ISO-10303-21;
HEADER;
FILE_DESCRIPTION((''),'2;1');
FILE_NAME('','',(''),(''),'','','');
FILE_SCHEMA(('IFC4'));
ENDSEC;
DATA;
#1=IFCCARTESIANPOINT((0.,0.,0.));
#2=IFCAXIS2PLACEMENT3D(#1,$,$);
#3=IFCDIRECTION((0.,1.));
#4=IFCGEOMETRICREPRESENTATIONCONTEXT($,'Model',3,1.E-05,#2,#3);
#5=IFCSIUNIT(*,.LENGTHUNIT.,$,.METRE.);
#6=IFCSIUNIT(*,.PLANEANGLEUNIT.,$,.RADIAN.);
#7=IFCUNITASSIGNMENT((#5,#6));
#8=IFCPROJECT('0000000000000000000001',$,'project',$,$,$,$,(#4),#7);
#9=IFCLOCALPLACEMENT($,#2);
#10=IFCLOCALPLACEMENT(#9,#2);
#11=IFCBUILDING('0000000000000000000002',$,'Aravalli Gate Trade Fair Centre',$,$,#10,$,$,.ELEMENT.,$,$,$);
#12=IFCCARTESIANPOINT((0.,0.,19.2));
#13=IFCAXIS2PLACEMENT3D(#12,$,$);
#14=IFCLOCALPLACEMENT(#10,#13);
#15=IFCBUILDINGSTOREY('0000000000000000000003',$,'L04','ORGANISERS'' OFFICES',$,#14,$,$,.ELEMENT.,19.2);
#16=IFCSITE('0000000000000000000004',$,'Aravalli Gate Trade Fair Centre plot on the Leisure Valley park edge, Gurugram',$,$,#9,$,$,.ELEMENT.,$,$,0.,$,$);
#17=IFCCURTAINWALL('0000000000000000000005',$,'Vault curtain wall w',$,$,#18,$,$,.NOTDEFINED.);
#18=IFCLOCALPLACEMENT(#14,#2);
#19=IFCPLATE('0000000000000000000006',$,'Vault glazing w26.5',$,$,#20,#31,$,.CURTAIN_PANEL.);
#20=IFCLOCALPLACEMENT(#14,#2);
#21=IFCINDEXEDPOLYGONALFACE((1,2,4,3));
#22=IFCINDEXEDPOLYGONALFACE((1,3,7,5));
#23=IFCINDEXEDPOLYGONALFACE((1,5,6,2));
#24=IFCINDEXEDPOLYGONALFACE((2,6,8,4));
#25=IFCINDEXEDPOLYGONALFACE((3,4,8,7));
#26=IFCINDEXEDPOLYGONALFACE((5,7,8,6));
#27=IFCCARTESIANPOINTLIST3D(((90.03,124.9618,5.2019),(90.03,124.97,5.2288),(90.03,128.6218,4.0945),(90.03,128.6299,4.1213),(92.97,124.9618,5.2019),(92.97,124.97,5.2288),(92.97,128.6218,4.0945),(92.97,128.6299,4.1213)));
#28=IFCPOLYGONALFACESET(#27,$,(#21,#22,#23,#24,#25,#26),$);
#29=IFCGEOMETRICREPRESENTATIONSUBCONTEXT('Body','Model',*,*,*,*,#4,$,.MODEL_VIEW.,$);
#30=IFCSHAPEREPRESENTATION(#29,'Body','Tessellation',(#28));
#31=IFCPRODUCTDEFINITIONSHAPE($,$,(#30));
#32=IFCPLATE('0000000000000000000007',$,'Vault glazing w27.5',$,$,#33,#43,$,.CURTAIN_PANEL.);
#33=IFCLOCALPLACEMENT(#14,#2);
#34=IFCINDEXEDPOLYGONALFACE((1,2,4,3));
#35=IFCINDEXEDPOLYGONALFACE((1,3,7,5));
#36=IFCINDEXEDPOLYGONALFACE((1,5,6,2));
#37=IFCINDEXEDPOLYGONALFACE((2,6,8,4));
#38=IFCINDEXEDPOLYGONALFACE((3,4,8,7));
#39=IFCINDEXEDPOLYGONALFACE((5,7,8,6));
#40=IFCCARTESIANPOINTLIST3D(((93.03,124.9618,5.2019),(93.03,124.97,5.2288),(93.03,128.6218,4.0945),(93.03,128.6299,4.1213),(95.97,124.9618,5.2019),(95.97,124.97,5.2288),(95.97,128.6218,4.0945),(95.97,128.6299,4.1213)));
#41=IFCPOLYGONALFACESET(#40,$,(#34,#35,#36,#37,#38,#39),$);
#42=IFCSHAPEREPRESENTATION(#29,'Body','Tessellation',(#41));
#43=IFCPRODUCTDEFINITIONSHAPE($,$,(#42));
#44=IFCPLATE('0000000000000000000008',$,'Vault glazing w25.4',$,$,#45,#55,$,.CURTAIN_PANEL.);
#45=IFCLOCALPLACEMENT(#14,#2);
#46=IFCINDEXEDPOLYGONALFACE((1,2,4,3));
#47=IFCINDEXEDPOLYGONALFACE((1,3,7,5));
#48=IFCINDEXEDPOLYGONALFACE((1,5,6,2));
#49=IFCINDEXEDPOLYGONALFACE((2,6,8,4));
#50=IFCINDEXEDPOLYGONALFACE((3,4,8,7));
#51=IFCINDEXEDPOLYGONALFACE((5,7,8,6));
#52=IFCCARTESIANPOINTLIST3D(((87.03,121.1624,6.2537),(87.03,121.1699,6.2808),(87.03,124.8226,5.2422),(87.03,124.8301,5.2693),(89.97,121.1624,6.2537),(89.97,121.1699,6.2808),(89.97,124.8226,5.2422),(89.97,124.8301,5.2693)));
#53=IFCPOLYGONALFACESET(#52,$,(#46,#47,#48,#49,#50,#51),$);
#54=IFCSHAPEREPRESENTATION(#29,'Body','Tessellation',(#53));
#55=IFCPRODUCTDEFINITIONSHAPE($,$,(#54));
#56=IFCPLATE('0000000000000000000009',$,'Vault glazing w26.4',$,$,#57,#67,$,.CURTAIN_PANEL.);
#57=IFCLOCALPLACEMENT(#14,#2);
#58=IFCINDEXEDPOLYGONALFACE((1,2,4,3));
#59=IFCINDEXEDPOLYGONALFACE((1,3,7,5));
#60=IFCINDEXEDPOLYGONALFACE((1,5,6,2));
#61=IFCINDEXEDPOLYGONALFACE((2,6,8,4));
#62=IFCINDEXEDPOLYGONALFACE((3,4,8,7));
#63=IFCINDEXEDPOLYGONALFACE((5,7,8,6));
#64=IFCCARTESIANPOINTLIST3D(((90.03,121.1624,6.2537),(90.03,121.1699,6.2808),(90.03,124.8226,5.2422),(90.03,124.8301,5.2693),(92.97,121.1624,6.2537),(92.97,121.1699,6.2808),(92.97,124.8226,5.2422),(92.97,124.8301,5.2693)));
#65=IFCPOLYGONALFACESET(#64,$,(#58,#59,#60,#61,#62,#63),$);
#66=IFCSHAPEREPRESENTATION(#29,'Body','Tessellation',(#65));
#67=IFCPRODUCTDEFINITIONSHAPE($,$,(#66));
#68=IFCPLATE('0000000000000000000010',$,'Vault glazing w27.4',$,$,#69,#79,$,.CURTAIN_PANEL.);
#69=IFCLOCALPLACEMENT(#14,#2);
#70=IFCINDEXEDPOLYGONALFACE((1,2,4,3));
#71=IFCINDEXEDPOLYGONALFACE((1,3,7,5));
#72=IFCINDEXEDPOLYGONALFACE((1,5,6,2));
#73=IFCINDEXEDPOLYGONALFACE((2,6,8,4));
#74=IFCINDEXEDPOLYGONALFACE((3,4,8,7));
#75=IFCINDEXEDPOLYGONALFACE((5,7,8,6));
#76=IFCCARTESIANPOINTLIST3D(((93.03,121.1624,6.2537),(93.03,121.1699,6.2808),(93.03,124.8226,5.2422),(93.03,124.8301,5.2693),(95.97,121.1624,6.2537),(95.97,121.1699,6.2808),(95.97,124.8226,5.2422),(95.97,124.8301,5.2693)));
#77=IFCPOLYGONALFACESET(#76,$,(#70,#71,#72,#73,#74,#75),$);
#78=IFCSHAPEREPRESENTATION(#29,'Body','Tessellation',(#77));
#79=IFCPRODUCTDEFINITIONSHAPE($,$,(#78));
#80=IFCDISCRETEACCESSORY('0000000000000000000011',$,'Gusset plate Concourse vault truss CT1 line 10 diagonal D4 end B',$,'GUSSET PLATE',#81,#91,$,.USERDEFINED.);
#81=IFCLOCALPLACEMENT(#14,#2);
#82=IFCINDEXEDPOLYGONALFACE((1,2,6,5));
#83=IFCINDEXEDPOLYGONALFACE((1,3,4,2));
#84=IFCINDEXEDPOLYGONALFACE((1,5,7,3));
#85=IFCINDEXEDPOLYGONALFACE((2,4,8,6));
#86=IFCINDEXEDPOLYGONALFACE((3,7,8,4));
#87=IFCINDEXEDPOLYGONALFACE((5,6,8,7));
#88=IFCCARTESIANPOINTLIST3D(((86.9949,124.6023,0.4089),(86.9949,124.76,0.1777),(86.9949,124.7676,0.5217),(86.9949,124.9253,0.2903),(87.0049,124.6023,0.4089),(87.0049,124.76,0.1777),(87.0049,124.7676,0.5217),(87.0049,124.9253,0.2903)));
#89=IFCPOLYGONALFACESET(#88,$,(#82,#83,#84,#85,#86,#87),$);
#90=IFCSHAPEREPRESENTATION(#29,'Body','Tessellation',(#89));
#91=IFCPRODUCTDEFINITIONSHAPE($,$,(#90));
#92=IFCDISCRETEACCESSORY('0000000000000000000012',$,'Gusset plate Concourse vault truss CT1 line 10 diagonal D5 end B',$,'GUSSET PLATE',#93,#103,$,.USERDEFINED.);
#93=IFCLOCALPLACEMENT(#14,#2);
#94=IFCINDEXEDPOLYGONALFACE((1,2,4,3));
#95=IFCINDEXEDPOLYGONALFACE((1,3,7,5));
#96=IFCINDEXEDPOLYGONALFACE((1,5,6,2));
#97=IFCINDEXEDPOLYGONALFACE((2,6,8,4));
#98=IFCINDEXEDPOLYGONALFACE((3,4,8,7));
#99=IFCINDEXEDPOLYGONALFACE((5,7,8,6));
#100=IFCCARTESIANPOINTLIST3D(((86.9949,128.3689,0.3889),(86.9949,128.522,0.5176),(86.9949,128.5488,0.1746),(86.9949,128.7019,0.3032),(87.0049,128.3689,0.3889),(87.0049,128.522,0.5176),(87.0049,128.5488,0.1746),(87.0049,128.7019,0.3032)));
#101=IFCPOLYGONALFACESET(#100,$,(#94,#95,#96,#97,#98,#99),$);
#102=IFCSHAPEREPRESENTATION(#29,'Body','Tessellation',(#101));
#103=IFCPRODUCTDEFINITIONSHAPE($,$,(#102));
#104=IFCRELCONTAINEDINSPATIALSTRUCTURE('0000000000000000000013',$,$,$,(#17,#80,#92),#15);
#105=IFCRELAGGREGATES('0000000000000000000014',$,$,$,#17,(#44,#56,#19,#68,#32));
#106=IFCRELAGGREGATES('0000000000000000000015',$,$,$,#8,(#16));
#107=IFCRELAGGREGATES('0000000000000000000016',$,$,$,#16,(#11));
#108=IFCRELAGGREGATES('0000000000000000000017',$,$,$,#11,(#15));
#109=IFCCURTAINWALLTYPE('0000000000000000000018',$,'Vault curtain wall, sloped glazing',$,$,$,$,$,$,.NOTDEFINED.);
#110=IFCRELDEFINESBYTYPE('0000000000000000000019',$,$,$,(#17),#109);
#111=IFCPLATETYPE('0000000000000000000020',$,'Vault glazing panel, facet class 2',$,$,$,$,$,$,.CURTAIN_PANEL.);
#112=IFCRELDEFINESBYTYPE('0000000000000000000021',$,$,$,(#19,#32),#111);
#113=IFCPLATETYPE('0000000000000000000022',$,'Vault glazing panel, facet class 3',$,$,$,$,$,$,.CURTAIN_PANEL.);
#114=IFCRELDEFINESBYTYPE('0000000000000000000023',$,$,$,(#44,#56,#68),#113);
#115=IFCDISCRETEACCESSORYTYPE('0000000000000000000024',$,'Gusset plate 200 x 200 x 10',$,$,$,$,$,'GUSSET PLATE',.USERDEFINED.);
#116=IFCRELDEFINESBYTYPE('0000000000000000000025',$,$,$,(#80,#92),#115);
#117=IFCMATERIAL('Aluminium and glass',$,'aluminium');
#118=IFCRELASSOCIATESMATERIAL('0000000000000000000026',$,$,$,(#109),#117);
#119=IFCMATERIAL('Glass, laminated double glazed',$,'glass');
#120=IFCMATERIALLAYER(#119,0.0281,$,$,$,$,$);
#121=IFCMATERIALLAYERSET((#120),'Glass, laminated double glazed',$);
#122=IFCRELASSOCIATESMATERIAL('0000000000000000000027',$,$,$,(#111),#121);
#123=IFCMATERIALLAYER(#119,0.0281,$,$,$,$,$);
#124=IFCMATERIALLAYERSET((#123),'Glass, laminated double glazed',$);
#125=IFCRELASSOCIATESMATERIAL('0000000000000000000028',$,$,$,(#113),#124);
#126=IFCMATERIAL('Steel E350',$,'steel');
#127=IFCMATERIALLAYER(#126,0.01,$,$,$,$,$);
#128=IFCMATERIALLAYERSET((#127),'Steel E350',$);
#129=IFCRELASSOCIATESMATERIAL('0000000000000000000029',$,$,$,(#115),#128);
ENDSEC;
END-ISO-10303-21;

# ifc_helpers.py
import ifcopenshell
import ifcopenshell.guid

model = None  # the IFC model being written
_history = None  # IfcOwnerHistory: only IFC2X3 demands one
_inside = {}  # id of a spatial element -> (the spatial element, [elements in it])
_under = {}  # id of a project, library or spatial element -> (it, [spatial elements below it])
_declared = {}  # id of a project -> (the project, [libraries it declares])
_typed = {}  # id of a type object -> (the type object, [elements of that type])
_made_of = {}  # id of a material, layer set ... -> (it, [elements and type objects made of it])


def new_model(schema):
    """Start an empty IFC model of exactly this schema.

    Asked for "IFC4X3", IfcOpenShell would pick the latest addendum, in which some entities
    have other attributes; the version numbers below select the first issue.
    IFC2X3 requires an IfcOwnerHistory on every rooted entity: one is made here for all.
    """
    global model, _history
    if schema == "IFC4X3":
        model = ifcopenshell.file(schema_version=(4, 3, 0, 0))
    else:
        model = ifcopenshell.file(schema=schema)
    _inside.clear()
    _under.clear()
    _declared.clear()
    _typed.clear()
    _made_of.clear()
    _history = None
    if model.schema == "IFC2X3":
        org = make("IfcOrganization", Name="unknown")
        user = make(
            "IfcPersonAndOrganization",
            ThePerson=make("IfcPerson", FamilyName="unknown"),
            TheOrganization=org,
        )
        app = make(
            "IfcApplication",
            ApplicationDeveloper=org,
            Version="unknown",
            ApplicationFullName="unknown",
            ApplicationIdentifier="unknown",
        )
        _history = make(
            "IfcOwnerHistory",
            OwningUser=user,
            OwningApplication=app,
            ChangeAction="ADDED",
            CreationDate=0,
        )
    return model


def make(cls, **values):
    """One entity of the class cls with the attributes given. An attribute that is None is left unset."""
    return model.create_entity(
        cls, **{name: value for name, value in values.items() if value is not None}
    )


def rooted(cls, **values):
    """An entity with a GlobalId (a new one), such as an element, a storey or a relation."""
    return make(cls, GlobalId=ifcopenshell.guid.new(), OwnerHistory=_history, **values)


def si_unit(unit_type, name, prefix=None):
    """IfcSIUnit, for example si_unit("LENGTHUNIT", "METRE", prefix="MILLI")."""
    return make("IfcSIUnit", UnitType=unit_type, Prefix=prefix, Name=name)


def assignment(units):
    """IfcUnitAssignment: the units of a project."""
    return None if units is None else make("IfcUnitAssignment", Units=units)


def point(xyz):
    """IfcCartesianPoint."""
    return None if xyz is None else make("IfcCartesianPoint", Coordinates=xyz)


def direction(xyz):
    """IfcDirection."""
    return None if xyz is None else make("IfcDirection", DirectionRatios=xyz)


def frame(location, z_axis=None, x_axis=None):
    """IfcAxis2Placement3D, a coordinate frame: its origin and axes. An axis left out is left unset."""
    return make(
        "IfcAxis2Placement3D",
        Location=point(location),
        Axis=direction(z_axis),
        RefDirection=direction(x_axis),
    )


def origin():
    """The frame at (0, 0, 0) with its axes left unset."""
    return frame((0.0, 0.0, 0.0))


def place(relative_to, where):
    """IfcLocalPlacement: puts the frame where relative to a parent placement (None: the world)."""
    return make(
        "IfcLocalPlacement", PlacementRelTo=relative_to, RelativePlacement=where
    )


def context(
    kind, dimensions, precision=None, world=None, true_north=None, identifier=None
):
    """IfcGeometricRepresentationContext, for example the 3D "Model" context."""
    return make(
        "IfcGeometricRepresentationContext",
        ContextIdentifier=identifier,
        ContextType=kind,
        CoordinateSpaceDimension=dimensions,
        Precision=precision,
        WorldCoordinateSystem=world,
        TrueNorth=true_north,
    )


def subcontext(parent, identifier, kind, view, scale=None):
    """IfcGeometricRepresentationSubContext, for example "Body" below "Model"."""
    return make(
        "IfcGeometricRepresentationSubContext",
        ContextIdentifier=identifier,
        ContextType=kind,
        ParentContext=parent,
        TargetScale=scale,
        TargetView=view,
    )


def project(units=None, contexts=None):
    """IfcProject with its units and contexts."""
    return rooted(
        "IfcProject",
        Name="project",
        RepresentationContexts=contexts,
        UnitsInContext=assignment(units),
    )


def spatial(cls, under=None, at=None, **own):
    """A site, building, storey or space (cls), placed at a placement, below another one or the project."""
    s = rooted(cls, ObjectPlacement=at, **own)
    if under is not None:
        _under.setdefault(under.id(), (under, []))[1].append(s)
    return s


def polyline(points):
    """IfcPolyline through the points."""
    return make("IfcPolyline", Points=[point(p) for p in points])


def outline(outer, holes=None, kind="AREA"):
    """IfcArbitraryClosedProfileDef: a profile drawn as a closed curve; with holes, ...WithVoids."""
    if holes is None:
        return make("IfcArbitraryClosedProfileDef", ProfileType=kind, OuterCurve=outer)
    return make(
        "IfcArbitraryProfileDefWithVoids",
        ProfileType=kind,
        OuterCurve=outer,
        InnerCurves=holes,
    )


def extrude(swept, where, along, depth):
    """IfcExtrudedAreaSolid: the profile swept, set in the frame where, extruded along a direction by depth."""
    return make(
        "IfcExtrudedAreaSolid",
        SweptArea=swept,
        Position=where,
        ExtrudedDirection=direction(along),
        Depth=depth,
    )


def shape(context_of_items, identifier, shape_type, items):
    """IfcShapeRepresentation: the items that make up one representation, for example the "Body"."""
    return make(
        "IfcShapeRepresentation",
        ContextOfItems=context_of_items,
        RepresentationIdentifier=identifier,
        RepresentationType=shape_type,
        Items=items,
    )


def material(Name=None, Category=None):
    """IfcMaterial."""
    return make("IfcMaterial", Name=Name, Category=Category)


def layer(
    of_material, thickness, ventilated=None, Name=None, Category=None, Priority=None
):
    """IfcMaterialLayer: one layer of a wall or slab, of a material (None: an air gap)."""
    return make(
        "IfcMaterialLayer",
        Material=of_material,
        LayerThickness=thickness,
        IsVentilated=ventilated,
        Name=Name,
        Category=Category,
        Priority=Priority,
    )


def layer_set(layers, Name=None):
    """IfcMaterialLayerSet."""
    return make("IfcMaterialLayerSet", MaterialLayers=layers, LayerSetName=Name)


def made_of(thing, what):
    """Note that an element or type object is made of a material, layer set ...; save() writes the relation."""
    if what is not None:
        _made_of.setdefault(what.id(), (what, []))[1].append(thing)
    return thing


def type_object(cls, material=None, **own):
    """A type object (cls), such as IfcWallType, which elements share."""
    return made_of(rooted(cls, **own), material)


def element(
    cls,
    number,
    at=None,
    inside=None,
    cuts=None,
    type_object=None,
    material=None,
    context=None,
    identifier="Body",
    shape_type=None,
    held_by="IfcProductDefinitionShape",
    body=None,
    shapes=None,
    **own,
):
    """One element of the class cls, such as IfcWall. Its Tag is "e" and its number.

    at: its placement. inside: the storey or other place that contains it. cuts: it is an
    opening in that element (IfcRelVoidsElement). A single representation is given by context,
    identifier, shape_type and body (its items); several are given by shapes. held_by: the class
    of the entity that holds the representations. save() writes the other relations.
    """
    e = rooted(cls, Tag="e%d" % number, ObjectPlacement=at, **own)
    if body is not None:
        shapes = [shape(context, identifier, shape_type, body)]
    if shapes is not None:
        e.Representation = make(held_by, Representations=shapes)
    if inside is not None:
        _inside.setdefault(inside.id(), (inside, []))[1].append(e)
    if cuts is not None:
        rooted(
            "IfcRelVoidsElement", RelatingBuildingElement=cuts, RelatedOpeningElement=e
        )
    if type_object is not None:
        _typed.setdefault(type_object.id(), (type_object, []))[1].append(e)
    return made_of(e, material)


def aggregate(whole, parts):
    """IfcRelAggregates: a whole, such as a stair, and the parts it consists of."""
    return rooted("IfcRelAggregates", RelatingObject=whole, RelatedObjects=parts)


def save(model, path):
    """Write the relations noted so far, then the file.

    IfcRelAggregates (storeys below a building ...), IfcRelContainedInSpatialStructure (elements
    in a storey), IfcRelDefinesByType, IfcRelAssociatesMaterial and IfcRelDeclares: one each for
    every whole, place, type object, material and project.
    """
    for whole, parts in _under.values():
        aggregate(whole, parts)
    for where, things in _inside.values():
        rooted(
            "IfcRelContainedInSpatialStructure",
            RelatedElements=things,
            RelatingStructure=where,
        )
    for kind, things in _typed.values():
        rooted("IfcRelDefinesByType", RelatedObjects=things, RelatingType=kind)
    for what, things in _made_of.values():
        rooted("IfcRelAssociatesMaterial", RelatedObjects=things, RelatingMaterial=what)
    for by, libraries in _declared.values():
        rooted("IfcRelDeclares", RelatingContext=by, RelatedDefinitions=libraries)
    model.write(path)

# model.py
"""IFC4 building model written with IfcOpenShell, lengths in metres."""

from ifc_helpers import new_model, si_unit, direction, frame, origin, place, context, subcontext, project, spatial, polyline, outline, extrude, material, layer, layer_set, type_object, element, aggregate, save


model = new_model("IFC4")

# Units and contexts
model_context = context("Model", 3, precision=1e-05, world=origin(), true_north=direction((0.0, 1.0)))
body_context = subcontext(model_context, "Body", "Model", "MODEL_VIEW")
ifc_project = project(units=[si_unit("LENGTHUNIT", "METRE"), si_unit("PLANEANGLEUNIT", "RADIAN")], contexts=[model_context])

# Site, building, storey
site_placement = place(None, origin())
site = spatial("IfcSite", under=ifc_project, at=site_placement, Name="Aravalli Gate Trade Fair Centre plot on the Leisure Valley park edge, Gurugram", CompositionType="ELEMENT", RefElevation=0.0)
building_placement = place(site_placement, origin())
building = spatial("IfcBuilding", under=site, at=building_placement, Name="Aravalli Gate Trade Fair Centre", CompositionType="ELEMENT")
storey_placement = place(building_placement, frame((0.0, 0.0, 19.2)))
storey = spatial("IfcBuildingStorey", under=building, at=storey_placement, Name="L04", Description="ORGANISERS' OFFICES", CompositionType="ELEMENT", Elevation=19.2)

# Curtain wall, plates
ifc_material_1 = material(Name="Aluminium and glass", Category="aluminium")
curtain_wall_type = type_object("IfcCurtainWallType", Name="Vault curtain wall, sloped glazing", PredefinedType="NOTDEFINED", material=ifc_material_1)
curtain_wall_placement = place(storey_placement, origin())
curtain_wall = element("IfcCurtainWall", 1, at=curtain_wall_placement, inside=storey, type_object=curtain_wall_type, Name="Vault curtain wall w", PredefinedType="NOTDEFINED")
ifc_material_2 = material(Name="Glass, laminated double glazed", Category="glass")
ifc_layer_1 = layer(ifc_material_2, 0.0281)
ifc_layer_set_1 = layer_set([ifc_layer_1], Name="Glass, laminated double glazed")
plate_type_1 = type_object("IfcPlateType", Name="Vault glazing panel, facet class 2", PredefinedType="CURTAIN_PANEL", material=ifc_layer_set_1)
plate_1_placement = place(storey_placement, frame((90.03, 124.97, 5.2288), z_axis=(0.0, 0.289614, 0.957144), x_axis=(1.0, 0.0, 0.0)))
plate_1 = element("IfcPlate", 2, at=plate_1_placement, type_object=plate_type_1, Name="Vault glazing w26.5", PredefinedType="CURTAIN_PANEL", context=body_context, shape_type="SweptSolid", body=[
    extrude(outline(polyline([(0.0, 0.0), (2.9399, 0.0), (2.9399, 3.8238), (0.0, 3.8238), (0.0, 0.0)])), origin(), (0.0, 0.0, -1.0), 0.0281),
])
plate_2_placement = place(storey_placement, frame((93.03, 124.97, 5.2288), z_axis=(0.0, 0.289614, 0.957144), x_axis=(1.0, 0.0, 0.0)))
plate_2 = element("IfcPlate", 3, at=plate_2_placement, type_object=plate_type_1, Name="Vault glazing w27.5", PredefinedType="CURTAIN_PANEL", context=body_context, shape_type="SweptSolid", body=[
    extrude(outline(polyline([(0.0, 0.0), (2.9399, 0.0), (2.9399, 3.8238), (0.0, 3.8238), (0.0, 0.0)])), origin(), (0.0, 0.0, -1.0), 0.0281),
])
ifc_layer_2 = layer(ifc_material_2, 0.0281)
ifc_layer_set_2 = layer_set([ifc_layer_2], Name="Glass, laminated double glazed")
plate_type_2 = type_object("IfcPlateType", Name="Vault glazing panel, facet class 3", PredefinedType="CURTAIN_PANEL", material=ifc_layer_set_2)
plate_3_placement = place(storey_placement, frame((87.03, 121.1699, 6.2808), z_axis=(0.0, 0.266364, 0.963873), x_axis=(1.0, 0.0, 0.0)))
plate_3 = element("IfcPlate", 4, at=plate_3_placement, type_object=plate_type_2, Name="Vault glazing w25.4", PredefinedType="CURTAIN_PANEL", context=body_context, shape_type="SweptSolid", body=[
    extrude(outline(polyline([(0.0, 0.0), (2.9399, 0.0), (2.9399, 3.7973), (0.0, 3.7973), (0.0, 0.0)])), origin(), (0.0, 0.0, -1.0), 0.0281),
])
plate_4_placement = place(storey_placement, frame((90.03, 121.1699, 6.2808), z_axis=(0.0, 0.266364, 0.963873), x_axis=(1.0, 0.0, 0.0)))
plate_4 = element("IfcPlate", 5, at=plate_4_placement, type_object=plate_type_2, Name="Vault glazing w26.4", PredefinedType="CURTAIN_PANEL", context=body_context, shape_type="SweptSolid", body=[
    extrude(outline(polyline([(0.0, 0.0), (2.9399, 0.0), (2.9399, 3.7973), (0.0, 3.7973), (0.0, 0.0)])), origin(), (0.0, 0.0, -1.0), 0.0281),
])
plate_5_placement = place(storey_placement, frame((93.03, 121.1699, 6.2808), z_axis=(0.0, 0.266364, 0.963873), x_axis=(1.0, 0.0, 0.0)))
plate_5 = element("IfcPlate", 6, at=plate_5_placement, type_object=plate_type_2, Name="Vault glazing w27.4", PredefinedType="CURTAIN_PANEL", context=body_context, shape_type="SweptSolid", body=[
    extrude(outline(polyline([(0.0, 0.0), (2.9399, 0.0), (2.9399, 3.7973), (0.0, 3.7973), (0.0, 0.0)])), origin(), (0.0, 0.0, -1.0), 0.0281),
])
aggregate(curtain_wall, [plate_3, plate_4, plate_1, plate_5, plate_2])

# Discrete accessories
ifc_material_3 = material(Name="Steel E350", Category="steel")
ifc_layer_3 = layer(ifc_material_3, 0.01)
ifc_layer_set_3 = layer_set([ifc_layer_3], Name="Steel E350")
discrete_accessory_type = type_object("IfcDiscreteAccessoryType", Name="Gusset plate 200 x 200 x 10", ElementType="GUSSET PLATE", PredefinedType="USERDEFINED", material=ifc_layer_set_3)
discrete_accessory_1_placement = place(storey_placement, frame((87.0049, 124.6023, 0.4089), z_axis=(1.0, 0.0, 0.0), x_axis=(0.0, 0.563526, -0.826098)))
element("IfcDiscreteAccessory", 7, at=discrete_accessory_1_placement, inside=storey, type_object=discrete_accessory_type, Name="Gusset plate Concourse vault truss CT1 line 10 diagonal D4 end B", ObjectType="GUSSET PLATE", PredefinedType="USERDEFINED", context=body_context, shape_type="SweptSolid", body=[
    extrude(outline(polyline([(0.0, 0.0), (0.2799, 0.0), (0.28, 0.2), (0.0, 0.2001), (0.0, 0.0)])), origin(), (0.0, 0.0, -1.0), 0.01),
])
discrete_accessory_2_placement = place(storey_placement, frame((87.0049, 128.3689, 0.3889), z_axis=(1.0, 0.0, 0.0), x_axis=(0.0, 0.642926, -0.765928)))
element("IfcDiscreteAccessory", 8, at=discrete_accessory_2_placement, inside=storey, type_object=discrete_accessory_type, Name="Gusset plate Concourse vault truss CT1 line 10 diagonal D5 end B", ObjectType="GUSSET PLATE", PredefinedType="USERDEFINED", context=body_context, shape_type="SweptSolid", body=[
    extrude(outline(polyline([(0.0, 0.0), (0.2799, 0.0), (0.2797, 0.2), (-0.0001, 0.2), (0.0, 0.0)])), origin(), (0.0, 0.0, -1.0), 0.01),
])

save(model, "model.ifc")
